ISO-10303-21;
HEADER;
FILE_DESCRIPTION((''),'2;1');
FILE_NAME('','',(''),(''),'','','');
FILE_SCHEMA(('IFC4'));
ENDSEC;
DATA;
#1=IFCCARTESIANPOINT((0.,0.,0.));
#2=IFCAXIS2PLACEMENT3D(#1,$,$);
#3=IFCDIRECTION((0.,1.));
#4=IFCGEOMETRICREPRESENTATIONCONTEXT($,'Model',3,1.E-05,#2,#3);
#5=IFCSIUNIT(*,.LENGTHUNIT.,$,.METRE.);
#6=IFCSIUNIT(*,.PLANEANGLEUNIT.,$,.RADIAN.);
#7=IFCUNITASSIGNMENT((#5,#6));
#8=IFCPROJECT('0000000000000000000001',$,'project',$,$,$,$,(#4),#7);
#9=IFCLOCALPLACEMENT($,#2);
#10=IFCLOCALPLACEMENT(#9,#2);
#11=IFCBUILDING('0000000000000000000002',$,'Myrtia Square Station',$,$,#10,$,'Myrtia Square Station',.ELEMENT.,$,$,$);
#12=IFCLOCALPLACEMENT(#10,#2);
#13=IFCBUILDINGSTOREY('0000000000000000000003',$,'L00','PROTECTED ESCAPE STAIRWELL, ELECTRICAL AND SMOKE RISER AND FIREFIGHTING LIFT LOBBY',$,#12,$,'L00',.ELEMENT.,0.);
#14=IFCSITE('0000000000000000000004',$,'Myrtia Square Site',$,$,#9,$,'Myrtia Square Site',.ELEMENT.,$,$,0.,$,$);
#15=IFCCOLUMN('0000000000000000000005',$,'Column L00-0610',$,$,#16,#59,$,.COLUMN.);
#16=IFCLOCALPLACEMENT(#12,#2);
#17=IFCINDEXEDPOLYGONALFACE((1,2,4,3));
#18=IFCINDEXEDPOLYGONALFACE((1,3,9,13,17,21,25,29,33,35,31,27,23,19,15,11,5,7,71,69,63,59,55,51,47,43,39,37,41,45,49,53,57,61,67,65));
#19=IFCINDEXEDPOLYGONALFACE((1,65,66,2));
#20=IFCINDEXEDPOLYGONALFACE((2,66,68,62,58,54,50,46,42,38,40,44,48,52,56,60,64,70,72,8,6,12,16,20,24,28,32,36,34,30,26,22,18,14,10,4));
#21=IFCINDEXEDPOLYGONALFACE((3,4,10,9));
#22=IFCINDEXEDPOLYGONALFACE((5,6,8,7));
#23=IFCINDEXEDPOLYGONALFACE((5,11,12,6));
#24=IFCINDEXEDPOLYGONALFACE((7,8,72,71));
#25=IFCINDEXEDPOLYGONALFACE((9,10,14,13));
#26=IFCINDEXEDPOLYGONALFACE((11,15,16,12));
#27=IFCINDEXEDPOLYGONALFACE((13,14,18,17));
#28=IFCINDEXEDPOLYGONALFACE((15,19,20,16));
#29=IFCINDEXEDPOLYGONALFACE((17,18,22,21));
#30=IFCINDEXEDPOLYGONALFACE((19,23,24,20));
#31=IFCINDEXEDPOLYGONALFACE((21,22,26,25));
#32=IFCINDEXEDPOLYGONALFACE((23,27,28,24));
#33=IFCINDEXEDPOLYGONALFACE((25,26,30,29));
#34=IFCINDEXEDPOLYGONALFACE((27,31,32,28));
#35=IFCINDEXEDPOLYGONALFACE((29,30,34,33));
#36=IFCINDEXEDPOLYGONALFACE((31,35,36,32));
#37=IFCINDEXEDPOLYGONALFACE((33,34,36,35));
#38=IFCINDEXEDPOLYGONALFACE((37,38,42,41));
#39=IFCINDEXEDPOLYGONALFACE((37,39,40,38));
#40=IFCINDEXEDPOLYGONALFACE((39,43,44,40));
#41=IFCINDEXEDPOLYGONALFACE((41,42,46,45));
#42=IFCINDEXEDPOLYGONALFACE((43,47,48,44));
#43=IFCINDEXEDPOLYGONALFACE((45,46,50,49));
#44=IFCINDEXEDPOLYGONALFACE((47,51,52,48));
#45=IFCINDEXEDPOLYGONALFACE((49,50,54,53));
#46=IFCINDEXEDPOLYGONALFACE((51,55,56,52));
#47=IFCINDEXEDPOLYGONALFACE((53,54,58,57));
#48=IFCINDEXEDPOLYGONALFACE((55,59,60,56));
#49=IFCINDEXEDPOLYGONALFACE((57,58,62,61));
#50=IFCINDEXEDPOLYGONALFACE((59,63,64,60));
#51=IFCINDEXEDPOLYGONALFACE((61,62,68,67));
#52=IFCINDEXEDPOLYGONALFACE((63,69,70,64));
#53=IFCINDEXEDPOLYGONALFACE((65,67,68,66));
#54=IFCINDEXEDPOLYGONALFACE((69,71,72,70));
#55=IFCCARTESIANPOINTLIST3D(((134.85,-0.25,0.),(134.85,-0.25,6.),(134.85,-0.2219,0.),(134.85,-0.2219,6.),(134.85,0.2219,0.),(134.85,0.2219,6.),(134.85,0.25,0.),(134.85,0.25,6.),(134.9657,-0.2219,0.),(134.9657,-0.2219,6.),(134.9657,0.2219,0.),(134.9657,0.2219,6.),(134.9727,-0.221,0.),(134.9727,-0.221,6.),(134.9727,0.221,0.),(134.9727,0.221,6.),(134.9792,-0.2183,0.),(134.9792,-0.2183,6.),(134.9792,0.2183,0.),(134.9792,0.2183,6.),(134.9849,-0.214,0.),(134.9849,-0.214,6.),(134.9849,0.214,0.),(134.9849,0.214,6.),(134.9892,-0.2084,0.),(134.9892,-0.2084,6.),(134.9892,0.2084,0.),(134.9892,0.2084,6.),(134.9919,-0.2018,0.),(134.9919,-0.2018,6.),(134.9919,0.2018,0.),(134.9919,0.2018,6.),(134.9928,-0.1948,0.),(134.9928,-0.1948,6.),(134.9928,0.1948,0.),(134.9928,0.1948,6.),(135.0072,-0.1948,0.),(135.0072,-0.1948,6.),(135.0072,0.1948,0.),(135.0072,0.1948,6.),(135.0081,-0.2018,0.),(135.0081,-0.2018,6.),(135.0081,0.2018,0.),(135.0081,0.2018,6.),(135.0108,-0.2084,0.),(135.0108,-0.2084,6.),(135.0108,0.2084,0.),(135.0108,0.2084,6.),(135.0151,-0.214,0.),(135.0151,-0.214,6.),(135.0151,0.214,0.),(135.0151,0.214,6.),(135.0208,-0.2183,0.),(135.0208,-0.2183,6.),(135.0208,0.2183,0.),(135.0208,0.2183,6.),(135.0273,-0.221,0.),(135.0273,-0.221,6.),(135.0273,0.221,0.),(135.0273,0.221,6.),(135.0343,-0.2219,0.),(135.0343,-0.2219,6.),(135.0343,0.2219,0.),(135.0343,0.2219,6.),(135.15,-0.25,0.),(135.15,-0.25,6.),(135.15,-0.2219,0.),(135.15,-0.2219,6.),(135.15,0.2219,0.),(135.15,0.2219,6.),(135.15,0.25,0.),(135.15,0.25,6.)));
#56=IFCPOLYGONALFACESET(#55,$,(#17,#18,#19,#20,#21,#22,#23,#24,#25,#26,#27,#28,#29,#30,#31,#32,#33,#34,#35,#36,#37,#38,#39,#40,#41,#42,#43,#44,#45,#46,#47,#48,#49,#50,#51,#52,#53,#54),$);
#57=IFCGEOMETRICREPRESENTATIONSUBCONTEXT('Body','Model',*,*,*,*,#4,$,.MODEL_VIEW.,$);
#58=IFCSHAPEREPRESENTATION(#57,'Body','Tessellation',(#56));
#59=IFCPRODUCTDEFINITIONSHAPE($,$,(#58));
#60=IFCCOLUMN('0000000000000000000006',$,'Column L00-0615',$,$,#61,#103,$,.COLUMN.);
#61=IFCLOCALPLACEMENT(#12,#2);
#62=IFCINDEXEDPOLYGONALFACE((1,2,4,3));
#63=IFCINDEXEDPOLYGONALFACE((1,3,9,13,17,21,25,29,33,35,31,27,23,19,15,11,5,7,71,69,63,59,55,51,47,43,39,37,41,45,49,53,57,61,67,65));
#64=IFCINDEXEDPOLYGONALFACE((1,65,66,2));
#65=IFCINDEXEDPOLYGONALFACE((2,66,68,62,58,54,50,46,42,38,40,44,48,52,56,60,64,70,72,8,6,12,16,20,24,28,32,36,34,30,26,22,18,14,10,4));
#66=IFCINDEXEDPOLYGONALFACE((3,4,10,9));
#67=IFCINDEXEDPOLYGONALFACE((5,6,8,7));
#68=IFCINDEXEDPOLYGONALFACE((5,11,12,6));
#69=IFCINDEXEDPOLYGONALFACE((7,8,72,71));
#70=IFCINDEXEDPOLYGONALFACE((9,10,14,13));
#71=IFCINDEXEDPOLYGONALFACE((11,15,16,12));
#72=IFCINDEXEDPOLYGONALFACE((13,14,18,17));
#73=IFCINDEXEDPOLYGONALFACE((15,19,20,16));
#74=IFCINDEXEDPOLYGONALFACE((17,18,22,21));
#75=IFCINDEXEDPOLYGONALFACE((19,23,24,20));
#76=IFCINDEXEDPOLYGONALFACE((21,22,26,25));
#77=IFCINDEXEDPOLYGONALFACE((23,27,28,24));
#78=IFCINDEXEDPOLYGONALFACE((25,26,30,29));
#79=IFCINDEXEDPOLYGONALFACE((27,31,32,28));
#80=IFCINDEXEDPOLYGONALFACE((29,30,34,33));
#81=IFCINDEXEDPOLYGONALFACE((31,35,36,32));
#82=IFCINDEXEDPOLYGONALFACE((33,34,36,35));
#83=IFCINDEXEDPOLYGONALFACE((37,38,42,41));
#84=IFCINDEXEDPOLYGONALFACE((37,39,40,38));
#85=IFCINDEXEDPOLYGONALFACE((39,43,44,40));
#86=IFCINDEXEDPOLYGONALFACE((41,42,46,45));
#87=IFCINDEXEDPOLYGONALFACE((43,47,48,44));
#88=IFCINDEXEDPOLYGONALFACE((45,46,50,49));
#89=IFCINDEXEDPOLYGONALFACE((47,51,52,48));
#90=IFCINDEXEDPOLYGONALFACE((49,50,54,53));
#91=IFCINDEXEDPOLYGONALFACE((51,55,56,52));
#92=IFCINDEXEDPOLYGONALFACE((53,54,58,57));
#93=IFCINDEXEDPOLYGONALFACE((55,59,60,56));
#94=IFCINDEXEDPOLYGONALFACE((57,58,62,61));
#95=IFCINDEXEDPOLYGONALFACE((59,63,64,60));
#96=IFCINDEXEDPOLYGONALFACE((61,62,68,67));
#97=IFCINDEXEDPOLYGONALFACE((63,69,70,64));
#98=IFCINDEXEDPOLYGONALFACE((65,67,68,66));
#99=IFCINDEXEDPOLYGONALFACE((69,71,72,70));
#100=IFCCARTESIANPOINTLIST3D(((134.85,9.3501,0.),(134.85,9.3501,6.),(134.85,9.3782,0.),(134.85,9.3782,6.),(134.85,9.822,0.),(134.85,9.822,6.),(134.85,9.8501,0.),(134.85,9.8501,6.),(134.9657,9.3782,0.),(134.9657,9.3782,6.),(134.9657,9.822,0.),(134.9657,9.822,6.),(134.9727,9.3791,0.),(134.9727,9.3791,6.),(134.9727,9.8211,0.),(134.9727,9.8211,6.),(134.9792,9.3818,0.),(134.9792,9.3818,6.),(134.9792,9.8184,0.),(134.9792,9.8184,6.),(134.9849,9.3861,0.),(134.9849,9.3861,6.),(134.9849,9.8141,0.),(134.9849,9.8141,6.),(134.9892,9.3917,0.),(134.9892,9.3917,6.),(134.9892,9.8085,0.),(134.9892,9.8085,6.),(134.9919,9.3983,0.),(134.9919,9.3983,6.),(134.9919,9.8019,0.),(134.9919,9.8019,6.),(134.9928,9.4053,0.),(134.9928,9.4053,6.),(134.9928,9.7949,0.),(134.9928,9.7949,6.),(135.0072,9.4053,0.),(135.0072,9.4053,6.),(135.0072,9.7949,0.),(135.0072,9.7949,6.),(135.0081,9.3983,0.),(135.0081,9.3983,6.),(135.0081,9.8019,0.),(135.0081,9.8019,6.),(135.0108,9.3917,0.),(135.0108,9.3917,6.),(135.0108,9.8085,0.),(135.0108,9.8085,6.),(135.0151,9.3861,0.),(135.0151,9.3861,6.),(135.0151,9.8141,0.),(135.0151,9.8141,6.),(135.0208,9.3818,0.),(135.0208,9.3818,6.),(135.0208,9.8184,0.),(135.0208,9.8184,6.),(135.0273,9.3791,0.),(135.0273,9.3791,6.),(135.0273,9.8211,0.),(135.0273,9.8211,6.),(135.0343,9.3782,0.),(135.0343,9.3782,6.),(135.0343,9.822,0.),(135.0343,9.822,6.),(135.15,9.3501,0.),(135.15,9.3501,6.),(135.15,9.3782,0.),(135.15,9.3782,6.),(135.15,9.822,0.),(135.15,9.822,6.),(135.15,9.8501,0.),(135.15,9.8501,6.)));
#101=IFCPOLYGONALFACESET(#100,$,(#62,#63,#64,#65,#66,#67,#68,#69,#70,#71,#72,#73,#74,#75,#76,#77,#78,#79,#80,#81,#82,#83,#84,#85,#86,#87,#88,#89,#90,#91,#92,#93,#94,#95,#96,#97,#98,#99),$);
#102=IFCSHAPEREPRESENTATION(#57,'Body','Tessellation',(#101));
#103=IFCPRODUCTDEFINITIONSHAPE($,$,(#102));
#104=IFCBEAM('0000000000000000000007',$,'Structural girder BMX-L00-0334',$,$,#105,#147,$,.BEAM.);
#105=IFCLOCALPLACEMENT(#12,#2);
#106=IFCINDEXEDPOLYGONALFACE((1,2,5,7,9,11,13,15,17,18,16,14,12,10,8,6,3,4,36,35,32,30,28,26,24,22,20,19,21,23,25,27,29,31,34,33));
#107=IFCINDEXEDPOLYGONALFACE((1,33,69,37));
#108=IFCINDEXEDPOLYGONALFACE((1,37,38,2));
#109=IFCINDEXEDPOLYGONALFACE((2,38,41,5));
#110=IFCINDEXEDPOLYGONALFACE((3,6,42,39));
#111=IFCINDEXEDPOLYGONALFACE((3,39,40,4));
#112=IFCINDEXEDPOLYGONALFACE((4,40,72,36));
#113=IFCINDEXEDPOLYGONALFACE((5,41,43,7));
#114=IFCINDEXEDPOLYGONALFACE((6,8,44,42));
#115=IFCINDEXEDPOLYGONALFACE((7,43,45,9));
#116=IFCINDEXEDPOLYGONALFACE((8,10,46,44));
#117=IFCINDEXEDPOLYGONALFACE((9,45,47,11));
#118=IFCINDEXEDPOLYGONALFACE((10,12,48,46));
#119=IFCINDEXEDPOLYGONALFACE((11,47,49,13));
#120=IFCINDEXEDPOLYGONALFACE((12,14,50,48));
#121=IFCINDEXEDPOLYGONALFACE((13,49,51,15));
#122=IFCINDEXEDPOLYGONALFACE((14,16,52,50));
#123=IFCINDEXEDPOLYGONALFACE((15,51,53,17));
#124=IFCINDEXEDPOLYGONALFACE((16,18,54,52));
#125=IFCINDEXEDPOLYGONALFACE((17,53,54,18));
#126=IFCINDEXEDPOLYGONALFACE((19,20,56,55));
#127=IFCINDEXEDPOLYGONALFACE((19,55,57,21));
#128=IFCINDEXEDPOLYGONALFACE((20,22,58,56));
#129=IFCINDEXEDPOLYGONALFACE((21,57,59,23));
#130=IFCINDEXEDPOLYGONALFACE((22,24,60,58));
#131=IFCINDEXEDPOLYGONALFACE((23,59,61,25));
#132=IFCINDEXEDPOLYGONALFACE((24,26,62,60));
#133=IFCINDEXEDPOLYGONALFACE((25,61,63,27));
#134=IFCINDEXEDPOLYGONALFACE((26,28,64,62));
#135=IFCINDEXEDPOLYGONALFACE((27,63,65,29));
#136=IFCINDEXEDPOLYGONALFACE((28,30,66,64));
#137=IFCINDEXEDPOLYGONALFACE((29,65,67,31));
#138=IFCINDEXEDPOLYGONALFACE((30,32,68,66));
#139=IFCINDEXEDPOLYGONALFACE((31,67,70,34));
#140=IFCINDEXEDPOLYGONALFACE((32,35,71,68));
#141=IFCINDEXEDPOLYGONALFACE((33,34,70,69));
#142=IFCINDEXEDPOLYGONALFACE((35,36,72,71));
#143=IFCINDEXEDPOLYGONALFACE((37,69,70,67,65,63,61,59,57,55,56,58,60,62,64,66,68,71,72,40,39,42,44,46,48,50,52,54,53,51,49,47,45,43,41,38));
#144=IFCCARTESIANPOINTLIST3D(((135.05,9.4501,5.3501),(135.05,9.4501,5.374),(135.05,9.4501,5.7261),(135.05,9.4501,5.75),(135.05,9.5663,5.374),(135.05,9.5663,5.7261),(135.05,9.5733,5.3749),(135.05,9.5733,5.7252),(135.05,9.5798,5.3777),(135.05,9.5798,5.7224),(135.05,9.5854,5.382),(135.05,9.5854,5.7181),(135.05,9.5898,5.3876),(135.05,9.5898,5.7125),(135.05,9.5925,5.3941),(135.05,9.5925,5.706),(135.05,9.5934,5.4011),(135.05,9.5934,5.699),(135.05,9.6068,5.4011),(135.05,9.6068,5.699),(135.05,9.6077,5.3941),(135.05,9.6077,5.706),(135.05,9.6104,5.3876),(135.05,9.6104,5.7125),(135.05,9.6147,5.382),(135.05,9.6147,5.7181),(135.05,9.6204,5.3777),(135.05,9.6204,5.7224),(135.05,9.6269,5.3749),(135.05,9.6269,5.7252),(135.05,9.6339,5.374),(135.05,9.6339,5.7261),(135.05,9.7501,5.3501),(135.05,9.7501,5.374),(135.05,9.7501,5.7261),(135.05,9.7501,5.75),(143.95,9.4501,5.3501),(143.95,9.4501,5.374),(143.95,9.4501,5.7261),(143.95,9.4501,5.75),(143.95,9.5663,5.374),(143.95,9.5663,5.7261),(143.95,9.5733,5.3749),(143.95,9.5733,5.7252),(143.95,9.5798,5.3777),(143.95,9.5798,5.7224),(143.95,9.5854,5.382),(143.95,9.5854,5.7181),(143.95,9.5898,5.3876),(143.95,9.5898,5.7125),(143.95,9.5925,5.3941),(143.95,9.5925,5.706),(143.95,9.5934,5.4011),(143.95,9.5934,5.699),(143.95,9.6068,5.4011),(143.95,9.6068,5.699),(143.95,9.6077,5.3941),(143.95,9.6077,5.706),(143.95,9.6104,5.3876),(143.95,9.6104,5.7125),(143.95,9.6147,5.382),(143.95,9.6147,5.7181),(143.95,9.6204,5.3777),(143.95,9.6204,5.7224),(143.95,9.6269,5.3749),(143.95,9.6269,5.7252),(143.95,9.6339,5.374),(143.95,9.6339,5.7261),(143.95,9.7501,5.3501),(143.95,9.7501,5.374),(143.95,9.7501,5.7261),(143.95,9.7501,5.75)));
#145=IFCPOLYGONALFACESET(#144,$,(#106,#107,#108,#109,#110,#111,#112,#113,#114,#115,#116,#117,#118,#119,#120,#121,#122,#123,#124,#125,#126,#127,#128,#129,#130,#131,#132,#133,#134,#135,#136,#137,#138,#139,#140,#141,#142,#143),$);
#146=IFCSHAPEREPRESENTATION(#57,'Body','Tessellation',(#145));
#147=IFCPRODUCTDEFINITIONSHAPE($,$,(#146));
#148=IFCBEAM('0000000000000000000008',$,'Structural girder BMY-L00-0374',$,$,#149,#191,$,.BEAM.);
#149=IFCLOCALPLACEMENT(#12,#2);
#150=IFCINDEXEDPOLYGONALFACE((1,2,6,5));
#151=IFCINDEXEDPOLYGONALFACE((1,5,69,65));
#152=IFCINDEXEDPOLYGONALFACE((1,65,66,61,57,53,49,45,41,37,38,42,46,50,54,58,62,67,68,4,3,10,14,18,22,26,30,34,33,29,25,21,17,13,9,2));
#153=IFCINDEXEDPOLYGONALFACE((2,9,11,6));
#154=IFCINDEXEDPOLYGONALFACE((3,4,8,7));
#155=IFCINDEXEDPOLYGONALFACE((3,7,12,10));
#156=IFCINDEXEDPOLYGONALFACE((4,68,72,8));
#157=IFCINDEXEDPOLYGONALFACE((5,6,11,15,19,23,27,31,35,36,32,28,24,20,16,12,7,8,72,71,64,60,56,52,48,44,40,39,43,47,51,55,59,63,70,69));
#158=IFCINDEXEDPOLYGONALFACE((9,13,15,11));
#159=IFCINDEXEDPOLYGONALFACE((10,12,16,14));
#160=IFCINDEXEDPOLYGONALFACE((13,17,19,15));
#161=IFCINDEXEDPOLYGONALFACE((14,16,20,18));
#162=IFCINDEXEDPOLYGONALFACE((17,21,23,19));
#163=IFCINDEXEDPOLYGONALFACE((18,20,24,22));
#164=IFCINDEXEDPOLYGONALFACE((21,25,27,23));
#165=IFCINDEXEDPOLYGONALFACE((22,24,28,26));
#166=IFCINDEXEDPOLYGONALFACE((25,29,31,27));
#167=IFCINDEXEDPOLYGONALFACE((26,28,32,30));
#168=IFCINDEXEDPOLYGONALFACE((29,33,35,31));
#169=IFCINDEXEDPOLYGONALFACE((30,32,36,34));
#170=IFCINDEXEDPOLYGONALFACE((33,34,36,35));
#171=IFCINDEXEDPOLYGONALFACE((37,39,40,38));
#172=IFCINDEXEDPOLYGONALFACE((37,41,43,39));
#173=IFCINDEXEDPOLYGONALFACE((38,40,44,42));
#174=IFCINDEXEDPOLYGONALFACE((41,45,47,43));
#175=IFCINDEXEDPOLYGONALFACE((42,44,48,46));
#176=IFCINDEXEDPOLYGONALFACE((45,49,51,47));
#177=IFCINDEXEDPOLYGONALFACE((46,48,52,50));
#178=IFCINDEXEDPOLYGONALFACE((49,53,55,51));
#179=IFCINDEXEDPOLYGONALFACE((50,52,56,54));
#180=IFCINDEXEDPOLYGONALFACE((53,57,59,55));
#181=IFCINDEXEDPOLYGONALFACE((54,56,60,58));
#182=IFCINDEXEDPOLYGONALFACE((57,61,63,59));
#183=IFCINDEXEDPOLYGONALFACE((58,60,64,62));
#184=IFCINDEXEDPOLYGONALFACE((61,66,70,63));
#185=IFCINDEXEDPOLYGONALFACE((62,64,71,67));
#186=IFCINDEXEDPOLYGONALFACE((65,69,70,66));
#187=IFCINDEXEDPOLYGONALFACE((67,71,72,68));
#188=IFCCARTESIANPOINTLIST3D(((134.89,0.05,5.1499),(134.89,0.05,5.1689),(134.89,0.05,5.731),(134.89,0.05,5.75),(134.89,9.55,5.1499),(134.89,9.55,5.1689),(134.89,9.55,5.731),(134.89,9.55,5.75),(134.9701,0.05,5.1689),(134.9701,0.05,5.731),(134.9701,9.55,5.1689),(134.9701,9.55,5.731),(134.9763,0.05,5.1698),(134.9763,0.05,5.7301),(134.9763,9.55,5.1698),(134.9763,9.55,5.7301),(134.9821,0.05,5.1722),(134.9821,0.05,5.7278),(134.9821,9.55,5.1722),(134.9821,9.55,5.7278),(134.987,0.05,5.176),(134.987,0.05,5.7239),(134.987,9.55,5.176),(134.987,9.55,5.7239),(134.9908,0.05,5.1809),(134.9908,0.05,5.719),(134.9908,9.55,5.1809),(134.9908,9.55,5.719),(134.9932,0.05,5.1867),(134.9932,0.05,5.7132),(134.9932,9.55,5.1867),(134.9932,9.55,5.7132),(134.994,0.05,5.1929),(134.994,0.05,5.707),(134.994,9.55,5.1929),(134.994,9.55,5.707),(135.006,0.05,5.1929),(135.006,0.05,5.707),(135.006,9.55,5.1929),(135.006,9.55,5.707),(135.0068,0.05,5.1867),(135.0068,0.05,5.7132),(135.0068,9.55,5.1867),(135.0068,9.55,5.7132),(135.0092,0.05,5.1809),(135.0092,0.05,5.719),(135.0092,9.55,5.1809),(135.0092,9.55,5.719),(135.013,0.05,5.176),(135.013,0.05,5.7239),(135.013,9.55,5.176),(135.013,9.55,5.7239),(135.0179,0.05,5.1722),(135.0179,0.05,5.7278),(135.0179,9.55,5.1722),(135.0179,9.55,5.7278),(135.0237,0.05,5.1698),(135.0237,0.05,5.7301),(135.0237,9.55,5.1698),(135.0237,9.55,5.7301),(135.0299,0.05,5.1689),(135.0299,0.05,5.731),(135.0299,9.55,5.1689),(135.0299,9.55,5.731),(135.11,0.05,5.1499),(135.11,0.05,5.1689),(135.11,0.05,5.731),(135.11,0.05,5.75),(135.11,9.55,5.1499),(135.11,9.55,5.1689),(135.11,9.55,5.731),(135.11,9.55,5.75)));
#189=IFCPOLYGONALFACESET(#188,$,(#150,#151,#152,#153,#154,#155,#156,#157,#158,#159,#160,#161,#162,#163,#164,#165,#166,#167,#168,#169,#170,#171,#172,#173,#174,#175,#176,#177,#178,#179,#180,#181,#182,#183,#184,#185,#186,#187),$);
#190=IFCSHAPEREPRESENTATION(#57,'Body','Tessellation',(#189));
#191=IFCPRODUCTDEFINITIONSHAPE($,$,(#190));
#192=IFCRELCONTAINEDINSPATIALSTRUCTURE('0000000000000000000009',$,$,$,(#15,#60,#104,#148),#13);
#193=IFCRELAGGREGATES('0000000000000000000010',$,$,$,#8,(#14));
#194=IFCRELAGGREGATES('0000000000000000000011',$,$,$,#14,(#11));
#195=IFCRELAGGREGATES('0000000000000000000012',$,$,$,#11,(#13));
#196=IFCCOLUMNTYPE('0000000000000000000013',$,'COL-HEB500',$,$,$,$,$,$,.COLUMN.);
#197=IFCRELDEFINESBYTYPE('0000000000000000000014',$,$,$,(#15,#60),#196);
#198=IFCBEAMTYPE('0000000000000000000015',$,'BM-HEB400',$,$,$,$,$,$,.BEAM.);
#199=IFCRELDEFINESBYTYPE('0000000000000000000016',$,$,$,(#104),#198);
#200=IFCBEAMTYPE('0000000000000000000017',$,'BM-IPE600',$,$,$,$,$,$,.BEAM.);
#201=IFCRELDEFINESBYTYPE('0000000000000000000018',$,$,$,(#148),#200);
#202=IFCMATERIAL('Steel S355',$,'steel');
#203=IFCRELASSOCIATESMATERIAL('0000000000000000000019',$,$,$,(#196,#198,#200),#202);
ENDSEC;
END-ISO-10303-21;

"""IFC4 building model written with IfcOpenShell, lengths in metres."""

from ifc_helpers import new_model, si_unit, direction, frame, origin, origin_2d, place, context, subcontext, project, spatial, i_section, extrude, material, material_profile, profile_set, type_object, element, save


model = new_model("IFC4")

# Units and contexts
model_context = context("Model", 3, precision=1e-05, world=origin(), true_north=direction((0.0, 1.0)))
body_context = subcontext(model_context, "Body", "Model", "MODEL_VIEW")
ifc_project = project(units=[si_unit("LENGTHUNIT", "METRE"), si_unit("PLANEANGLEUNIT", "RADIAN")], contexts=[model_context])

# Site, building, storey
site_placement = place(None, origin())
site = spatial("IfcSite", under=ifc_project, at=site_placement, Name="Myrtia Square Site", LongName="Myrtia Square Site", CompositionType="ELEMENT", RefElevation=0.0)
building_placement = place(site_placement, origin())
building = spatial("IfcBuilding", under=site, at=building_placement, Name="Myrtia Square Station", LongName="Myrtia Square Station", CompositionType="ELEMENT")
storey_placement = place(building_placement, origin())
storey = spatial("IfcBuildingStorey", under=building, at=storey_placement, Name="L00", Description="PROTECTED ESCAPE STAIRWELL, ELECTRICAL AND SMOKE RISER AND FIREFIGHTING LIFT LOBBY", LongName="L00", CompositionType="ELEMENT", Elevation=0.0)

# Columns
ifc_material_1 = material(Name="Steel S355", Category="steel")
ifc_material_profile_1 = material_profile(ifc_material_1, i_section(OverallWidth=0.3, OverallDepth=0.5, WebThickness=0.0144, FlangeThickness=0.0281, FilletRadius=0.0271, at=origin_2d()), Name="HEB 500")
ifc_profile_set_1 = profile_set([ifc_material_profile_1], Name="Steel S355")
column_type = type_object("IfcColumnType", Name="COL-HEB500", PredefinedType="COLUMN", material=ifc_profile_set_1)
for number, where, z_axis, x_axis, name in (
    (1, (135.0, 0.0, 0.0), (0.0, 0.0, 1.0), (1.0, 0.0, 0.0), "Column L00-0610"),
    (2, (135.0, 9.6001, 0.0), (0.0, 0.0, 1.0), (1.0, 0.0, 0.0), "Column L00-0615"),
):
    element("IfcColumn", number, at=place(storey_placement, frame(where, z_axis=z_axis, x_axis=x_axis)), inside=storey, type_object=column_type, Name=name, PredefinedType="COLUMN", context=body_context, shape_type="SweptSolid", body=[
        extrude(i_section(OverallWidth=0.3, OverallDepth=0.5, WebThickness=0.0144, FlangeThickness=0.0281, FilletRadius=0.0271, at=origin_2d()), origin(), (0.0, 0.0, 1.0), 6.0),
    ])

# Beams
ifc_material_profile_2 = material_profile(ifc_material_1, i_section(OverallWidth=0.3, OverallDepth=0.3999, WebThickness=0.0134, FlangeThickness=0.0239, FilletRadius=0.0271, at=origin_2d()), Name="HEB 400")
ifc_profile_set_2 = profile_set([ifc_material_profile_2], Name="Steel S355")
beam_type_1 = type_object("IfcBeamType", Name="BM-HEB400", PredefinedType="BEAM", material=ifc_profile_set_2)
beam_1_placement = place(storey_placement, frame((135.05, 9.6001, 5.55), z_axis=(1.0, 0.0, 0.0), x_axis=(0.0, 1.0, 0.0)))
element("IfcBeam", 3, at=beam_1_placement, inside=storey, type_object=beam_type_1, Name="Structural girder BMX-L00-0334", PredefinedType="BEAM", context=body_context, shape_type="SweptSolid", body=[
    extrude(i_section(OverallWidth=0.3, OverallDepth=0.3999, WebThickness=0.0134, FlangeThickness=0.0239, FilletRadius=0.0271, at=origin_2d()), origin(), (0.0, 0.0, 1.0), 8.8999),
])
ifc_material_profile_3 = material_profile(ifc_material_1, i_section(OverallWidth=0.22, OverallDepth=0.6001, WebThickness=0.012, FlangeThickness=0.019, FilletRadius=0.0239, at=origin_2d()), Name="IPE 600")
ifc_profile_set_3 = profile_set([ifc_material_profile_3], Name="Steel S355")
beam_type_2 = type_object("IfcBeamType", Name="BM-IPE600", PredefinedType="BEAM", material=ifc_profile_set_3)
for number, where, z_axis, x_axis, name in (
    (4, (135.0, 0.05, 5.45), (0.0, 1.0, 0.0), (-1.0, 0.0, 0.0), "Structural girder BMY-L00-0374"),
):
    element("IfcBeam", number, at=place(storey_placement, frame(where, z_axis=z_axis, x_axis=x_axis)), inside=storey, type_object=beam_type_2, Name=name, PredefinedType="BEAM", context=body_context, shape_type="SweptSolid", body=[
        extrude(i_section(OverallWidth=0.22, OverallDepth=0.6001, WebThickness=0.012, FlangeThickness=0.019, FilletRadius=0.0239, at=origin_2d()), origin(), (0.0, 0.0, 1.0), 9.5),
    ])

save(model, "model.ifc")
